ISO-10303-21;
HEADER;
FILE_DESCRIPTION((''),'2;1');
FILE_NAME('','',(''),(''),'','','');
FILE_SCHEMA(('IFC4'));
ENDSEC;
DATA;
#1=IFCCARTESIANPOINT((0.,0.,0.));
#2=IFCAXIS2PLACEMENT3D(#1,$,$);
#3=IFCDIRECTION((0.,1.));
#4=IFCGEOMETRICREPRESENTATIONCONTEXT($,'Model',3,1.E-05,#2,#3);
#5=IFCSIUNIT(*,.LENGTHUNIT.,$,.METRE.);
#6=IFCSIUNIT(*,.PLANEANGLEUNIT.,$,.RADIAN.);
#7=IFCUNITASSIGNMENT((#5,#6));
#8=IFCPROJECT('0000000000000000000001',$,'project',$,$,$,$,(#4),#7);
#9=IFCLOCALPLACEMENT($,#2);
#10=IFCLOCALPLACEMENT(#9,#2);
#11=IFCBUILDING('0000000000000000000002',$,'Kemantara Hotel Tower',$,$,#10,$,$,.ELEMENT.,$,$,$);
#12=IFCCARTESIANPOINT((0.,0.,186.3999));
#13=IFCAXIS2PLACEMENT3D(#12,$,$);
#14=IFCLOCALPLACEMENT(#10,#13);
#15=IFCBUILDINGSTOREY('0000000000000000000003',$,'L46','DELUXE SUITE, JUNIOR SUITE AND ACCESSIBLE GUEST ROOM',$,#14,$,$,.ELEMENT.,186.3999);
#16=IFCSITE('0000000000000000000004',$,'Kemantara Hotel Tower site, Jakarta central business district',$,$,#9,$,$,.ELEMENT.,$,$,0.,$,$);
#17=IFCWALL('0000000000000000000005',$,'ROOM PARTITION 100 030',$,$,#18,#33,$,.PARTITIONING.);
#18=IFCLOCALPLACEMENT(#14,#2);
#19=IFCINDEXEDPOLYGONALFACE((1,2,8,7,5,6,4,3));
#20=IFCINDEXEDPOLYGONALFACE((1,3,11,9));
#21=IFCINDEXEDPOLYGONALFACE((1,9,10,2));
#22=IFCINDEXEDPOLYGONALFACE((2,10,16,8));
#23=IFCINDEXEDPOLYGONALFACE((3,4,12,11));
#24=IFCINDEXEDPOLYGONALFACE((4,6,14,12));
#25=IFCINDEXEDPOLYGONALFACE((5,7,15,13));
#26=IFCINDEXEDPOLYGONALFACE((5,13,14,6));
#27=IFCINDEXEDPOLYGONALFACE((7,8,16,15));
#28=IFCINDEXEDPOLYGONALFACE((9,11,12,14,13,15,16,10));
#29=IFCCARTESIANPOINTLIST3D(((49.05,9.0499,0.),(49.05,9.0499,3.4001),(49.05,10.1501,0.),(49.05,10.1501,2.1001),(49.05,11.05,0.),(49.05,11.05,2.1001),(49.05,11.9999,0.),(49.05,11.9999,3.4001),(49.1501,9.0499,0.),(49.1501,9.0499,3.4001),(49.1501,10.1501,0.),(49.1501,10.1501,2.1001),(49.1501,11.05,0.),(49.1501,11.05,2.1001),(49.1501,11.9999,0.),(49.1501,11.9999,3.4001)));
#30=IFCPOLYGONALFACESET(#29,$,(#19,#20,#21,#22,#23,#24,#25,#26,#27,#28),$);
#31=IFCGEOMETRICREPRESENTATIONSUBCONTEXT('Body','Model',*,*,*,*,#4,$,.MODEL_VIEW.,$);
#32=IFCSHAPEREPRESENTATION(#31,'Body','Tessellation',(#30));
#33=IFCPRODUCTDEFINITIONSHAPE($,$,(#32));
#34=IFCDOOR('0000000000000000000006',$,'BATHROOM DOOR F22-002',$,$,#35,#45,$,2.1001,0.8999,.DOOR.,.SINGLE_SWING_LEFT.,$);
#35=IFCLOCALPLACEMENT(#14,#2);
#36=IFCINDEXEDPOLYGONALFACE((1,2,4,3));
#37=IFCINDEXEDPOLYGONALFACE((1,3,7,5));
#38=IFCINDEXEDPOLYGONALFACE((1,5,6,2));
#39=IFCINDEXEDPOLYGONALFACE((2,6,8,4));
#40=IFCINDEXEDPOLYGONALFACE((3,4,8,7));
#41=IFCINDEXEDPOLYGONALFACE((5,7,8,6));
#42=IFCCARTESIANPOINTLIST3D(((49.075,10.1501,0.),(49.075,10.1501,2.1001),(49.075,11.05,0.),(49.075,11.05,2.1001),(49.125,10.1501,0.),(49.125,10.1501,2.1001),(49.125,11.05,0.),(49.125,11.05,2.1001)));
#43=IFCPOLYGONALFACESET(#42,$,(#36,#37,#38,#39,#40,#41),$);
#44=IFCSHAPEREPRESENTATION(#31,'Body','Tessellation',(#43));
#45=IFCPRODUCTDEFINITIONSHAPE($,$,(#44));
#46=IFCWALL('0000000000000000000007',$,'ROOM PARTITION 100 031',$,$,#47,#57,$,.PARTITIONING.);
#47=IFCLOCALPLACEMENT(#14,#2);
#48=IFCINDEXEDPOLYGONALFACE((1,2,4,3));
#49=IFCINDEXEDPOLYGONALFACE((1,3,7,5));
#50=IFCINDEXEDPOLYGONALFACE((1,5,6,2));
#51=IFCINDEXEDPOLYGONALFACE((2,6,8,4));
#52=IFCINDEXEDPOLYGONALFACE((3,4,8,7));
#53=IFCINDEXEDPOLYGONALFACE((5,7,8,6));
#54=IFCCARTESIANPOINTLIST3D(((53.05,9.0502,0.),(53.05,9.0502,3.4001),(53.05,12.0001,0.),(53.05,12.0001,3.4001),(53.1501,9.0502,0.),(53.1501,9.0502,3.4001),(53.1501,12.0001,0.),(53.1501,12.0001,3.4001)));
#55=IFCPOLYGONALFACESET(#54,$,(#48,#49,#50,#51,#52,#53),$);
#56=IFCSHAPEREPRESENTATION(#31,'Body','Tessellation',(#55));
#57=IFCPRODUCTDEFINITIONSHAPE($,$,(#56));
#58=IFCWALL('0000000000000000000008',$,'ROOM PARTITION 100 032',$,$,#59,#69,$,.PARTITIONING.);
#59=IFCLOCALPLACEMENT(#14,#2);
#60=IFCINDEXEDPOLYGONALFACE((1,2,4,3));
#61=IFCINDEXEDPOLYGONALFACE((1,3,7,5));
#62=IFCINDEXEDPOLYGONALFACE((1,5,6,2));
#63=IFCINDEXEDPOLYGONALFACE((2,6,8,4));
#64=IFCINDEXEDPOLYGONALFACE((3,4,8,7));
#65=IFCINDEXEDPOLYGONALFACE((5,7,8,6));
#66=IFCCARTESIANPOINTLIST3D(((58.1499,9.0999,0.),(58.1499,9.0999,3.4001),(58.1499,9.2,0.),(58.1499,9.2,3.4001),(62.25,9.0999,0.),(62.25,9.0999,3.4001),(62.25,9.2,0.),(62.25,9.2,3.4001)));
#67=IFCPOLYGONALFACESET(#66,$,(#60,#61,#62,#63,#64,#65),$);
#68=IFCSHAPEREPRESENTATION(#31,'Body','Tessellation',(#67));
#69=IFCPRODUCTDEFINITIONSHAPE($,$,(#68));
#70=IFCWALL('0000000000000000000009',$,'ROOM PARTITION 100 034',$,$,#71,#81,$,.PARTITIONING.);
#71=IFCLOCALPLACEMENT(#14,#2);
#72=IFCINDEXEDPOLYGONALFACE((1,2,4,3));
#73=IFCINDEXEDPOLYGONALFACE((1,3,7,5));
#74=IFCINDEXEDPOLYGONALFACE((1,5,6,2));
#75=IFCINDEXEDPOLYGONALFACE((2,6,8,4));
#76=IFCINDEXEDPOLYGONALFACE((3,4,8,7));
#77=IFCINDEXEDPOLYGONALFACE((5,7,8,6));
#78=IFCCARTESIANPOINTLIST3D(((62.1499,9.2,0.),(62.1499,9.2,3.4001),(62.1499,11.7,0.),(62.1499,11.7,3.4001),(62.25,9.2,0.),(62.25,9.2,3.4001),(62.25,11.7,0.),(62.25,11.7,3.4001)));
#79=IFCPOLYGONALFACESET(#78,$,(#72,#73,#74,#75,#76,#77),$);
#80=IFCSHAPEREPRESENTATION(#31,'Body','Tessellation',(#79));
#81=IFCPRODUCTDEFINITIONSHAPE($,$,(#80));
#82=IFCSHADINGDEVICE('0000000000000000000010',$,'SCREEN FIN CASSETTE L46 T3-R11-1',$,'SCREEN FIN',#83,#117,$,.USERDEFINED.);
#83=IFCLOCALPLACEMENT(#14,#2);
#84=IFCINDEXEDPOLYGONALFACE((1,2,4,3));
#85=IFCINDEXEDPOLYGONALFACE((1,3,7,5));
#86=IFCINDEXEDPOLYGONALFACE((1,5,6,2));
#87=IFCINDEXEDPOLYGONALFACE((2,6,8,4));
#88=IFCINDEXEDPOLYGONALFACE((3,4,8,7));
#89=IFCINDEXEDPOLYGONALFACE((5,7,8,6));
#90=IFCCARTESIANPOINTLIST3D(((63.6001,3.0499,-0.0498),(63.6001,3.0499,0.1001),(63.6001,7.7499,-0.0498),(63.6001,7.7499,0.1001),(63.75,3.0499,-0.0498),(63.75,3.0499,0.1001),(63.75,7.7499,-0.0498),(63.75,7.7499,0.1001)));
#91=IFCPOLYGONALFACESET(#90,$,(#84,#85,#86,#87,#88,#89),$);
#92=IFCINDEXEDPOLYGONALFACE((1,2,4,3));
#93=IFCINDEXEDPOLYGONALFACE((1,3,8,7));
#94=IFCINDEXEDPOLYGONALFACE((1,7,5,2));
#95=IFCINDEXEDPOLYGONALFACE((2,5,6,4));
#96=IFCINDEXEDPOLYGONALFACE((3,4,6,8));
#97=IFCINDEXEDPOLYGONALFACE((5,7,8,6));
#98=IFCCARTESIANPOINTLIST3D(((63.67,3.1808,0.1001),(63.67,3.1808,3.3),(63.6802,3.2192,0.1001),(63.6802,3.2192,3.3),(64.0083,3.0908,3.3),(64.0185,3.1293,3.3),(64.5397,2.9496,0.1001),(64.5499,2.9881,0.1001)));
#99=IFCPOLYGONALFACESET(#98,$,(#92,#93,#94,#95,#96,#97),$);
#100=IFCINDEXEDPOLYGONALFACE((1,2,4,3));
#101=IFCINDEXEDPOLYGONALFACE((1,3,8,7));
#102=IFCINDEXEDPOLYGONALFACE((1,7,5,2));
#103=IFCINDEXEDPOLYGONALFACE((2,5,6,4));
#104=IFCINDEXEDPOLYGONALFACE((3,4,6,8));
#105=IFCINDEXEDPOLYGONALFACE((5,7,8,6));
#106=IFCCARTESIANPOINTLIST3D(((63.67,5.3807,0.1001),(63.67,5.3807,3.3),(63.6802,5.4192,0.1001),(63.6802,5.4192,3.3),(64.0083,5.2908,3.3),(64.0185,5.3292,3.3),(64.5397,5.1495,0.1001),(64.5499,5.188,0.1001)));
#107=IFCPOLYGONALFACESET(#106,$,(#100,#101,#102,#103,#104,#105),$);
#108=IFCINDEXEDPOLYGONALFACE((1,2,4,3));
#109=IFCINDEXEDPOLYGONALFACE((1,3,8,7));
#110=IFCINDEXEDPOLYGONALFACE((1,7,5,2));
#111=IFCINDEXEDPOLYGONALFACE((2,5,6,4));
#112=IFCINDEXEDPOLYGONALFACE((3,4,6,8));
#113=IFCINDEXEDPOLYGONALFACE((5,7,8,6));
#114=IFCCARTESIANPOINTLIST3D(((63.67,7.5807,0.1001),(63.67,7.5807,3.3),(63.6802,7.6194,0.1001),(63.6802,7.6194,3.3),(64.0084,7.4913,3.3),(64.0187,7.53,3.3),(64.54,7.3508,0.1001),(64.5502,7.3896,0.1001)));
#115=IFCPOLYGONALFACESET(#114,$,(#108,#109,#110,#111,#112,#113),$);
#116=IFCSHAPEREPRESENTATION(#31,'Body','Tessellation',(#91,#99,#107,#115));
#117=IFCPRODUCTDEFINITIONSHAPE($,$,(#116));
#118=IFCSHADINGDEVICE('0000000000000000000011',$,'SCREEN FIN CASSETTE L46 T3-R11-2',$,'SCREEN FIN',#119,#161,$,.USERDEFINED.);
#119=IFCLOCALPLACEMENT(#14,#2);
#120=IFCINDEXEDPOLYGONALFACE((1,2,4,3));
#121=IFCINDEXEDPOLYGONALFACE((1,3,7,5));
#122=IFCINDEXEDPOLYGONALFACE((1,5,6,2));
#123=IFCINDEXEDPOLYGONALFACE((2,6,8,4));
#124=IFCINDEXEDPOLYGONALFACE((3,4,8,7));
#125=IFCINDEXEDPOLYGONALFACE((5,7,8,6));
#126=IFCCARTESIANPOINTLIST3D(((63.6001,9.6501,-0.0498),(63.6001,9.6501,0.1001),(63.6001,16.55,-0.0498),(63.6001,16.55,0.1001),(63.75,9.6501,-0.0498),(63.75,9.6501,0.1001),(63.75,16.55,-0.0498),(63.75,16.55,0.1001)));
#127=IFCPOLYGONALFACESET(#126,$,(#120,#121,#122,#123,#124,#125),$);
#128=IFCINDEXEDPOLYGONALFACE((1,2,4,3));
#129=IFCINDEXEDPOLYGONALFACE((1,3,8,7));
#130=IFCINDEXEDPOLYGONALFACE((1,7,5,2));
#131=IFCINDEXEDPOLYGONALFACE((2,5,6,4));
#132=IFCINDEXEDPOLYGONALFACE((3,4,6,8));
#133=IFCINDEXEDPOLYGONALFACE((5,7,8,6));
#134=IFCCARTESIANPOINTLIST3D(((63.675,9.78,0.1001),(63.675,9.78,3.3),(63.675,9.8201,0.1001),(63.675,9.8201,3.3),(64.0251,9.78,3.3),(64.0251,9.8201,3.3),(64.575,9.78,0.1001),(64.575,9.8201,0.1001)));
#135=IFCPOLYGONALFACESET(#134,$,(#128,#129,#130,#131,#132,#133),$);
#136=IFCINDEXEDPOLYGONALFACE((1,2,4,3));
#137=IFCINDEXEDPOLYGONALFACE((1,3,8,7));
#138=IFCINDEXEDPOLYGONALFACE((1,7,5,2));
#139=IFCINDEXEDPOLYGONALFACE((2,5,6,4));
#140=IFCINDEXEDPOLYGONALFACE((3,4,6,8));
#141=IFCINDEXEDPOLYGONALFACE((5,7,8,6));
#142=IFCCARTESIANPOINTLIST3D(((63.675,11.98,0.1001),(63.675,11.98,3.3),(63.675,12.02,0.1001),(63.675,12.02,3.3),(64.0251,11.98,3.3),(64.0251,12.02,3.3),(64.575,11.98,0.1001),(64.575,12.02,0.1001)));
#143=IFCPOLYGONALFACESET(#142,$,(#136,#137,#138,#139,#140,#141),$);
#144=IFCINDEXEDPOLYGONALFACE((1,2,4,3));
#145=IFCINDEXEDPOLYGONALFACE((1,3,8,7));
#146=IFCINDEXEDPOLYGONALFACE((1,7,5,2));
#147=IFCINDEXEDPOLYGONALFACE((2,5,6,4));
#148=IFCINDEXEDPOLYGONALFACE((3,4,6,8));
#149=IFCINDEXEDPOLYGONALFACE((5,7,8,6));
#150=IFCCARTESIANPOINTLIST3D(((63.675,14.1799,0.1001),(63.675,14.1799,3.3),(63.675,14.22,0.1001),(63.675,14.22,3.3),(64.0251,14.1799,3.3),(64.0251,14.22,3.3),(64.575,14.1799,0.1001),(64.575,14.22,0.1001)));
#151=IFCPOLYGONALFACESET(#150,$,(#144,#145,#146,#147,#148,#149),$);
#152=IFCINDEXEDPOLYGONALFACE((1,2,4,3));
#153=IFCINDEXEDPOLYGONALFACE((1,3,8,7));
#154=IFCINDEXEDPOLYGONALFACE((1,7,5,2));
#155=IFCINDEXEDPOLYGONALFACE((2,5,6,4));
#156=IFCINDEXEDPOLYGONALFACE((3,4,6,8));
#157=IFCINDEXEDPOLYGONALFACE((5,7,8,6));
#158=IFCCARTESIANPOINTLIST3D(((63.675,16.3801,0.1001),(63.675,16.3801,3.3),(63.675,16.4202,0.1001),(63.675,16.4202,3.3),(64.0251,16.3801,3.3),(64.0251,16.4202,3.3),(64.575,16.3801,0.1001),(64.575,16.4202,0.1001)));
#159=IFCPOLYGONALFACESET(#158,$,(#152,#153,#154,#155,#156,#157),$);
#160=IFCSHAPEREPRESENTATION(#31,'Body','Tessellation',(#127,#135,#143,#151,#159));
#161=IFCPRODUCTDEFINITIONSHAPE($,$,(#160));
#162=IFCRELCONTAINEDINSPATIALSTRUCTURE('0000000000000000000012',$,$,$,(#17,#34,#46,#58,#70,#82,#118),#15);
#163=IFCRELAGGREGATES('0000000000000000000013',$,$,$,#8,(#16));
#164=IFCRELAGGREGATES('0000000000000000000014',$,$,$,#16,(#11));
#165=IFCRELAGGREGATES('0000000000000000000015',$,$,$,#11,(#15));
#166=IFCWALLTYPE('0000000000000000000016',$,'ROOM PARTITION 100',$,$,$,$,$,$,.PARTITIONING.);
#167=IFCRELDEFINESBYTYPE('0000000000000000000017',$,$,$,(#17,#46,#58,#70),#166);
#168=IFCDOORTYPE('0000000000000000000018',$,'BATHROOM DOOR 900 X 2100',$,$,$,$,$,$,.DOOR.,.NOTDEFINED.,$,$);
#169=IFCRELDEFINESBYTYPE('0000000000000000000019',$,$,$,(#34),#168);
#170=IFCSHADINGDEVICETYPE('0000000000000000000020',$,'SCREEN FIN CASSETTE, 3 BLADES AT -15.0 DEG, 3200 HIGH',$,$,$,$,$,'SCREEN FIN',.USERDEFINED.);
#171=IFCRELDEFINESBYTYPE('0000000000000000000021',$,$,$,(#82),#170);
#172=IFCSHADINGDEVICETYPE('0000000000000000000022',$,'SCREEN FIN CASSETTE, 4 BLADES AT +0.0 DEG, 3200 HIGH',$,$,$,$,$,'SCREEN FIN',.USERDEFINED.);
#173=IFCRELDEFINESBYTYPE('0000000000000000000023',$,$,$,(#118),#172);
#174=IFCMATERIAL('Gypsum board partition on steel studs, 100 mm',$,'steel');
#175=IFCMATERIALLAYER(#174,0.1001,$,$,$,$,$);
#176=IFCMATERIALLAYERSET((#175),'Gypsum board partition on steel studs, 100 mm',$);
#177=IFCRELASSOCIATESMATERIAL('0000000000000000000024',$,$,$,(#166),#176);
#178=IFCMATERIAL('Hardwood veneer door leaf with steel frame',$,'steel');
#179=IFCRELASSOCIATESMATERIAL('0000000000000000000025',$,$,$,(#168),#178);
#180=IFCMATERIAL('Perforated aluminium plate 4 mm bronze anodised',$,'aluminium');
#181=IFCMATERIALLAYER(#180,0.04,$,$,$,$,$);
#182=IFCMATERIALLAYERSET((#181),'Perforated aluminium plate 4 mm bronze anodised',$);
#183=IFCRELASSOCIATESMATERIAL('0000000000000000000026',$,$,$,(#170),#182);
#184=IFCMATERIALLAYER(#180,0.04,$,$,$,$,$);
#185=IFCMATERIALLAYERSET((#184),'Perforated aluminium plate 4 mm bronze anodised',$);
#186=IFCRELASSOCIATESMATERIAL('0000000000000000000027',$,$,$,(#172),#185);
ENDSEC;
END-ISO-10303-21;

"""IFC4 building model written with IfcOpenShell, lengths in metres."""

from ifc_helpers import new_model, si_unit, direction, frame, frame_2d, origin, origin_2d, place, context, subcontext, project, spatial, polyline, rectangle, outline, extrude, source, transform, mapped, material, layer, layer_set, type_object, element, fill, save


model = new_model("IFC4")

# Units and contexts
model_context = context("Model", 3, precision=1e-05, world=origin(), true_north=direction((0.0, 1.0)))
body_context = subcontext(model_context, "Body", "Model", "MODEL_VIEW")
ifc_project = project(units=[si_unit("LENGTHUNIT", "METRE"), si_unit("PLANEANGLEUNIT", "RADIAN")], contexts=[model_context])

# Site, building, storey
site_placement = place(None, origin())
site = spatial("IfcSite", under=ifc_project, at=site_placement, Name="Kemantara Hotel Tower site, Jakarta central business district", CompositionType="ELEMENT", RefElevation=0.0)
building_placement = place(site_placement, origin())
building = spatial("IfcBuilding", under=site, at=building_placement, Name="Kemantara Hotel Tower", CompositionType="ELEMENT")
storey_placement = place(building_placement, frame((0.0, 0.0, 186.3999)))
storey = spatial("IfcBuildingStorey", under=building, at=storey_placement, Name="L46", Description="DELUXE SUITE, JUNIOR SUITE AND ACCESSIBLE GUEST ROOM", CompositionType="ELEMENT", Elevation=186.3999)

# Wall, opening, door
ifc_material_1 = material(Name="Gypsum board partition on steel studs, 100 mm", Category="steel")
ifc_layer_1 = layer(ifc_material_1, 0.1001)
ifc_layer_set_1 = layer_set([ifc_layer_1], Name="Gypsum board partition on steel studs, 100 mm")
wall_type_1 = type_object("IfcWallType", Name="ROOM PARTITION 100", PredefinedType="PARTITIONING", material=ifc_layer_set_1)
wall_1_placement = place(storey_placement, frame((49.1001, 12.0, 0.0), z_axis=(0.0, 0.0, 1.0), x_axis=(0.0, -1.0, 0.0)))
wall_1 = element("IfcWall", 1, at=wall_1_placement, inside=storey, type_object=wall_type_1, Name="ROOM PARTITION 100 030", PredefinedType="PARTITIONING", context=body_context, shape_type="SweptSolid", body=[
    extrude(rectangle(XDim=2.95, YDim=0.1001, at=frame_2d((1.4751, 0.0))), origin(), (0.0, 0.0, 1.0), 3.4001),
])
opening_placement = place(wall_1_placement, frame((0.95, 0.0, 0.0)))
opening = element("IfcOpeningElement", 2, at=opening_placement, cuts=wall_1, PredefinedType="OPENING", context=body_context, shape_type="SweptSolid", body=[
    extrude(rectangle(XDim=0.8999, YDim=2.1001, at=frame_2d((0.45, 1.05))), frame((0.0, 0.0601, 0.0), z_axis=(0.0, -1.0, 0.0), x_axis=(1.0, 0.0, 0.0)), (0.0, 0.0, 1.0), 0.1201),
])
ifc_material_2 = material(Name="Hardwood veneer door leaf with steel frame", Category="steel")
door_type = type_object("IfcDoorType", Name="BATHROOM DOOR 900 X 2100", OperationType="NOTDEFINED", PredefinedType="DOOR", material=ifc_material_2)
door_placement = place(opening_placement, origin())
door = element("IfcDoor", 3, at=door_placement, inside=storey, type_object=door_type, Name="BATHROOM DOOR F22-002", OperationType="SINGLE_SWING_LEFT", OverallHeight=2.1001, OverallWidth=0.8999, PredefinedType="DOOR", context=body_context, shape_type="SweptSolid", body=[
    extrude(rectangle(XDim=0.8999, YDim=2.1001, at=frame_2d((0.45, 1.05))), frame((0.0, 0.0249, 0.0), z_axis=(0.0, -1.0, 0.0), x_axis=(1.0, 0.0, 0.0)), (0.0, 0.0, 1.0), 0.05),
])
fill(opening, door)

# Walls
wall_2_placement = place(storey_placement, frame((53.1001, 9.05, 0.0), z_axis=(0.0, 0.0, 1.0), x_axis=(0.0, 1.0, 0.0)))
element("IfcWall", 4, at=wall_2_placement, inside=storey, type_object=wall_type_1, Name="ROOM PARTITION 100 031", PredefinedType="PARTITIONING", context=body_context, shape_type="SweptSolid", body=[
    extrude(rectangle(XDim=2.95, YDim=0.1001, at=frame_2d((1.4751, 0.0))), origin(), (0.0, 0.0, 1.0), 3.4001),
])
wall_3_placement = place(storey_placement, frame((58.1499, 9.1499, 0.0), z_axis=(0.0, 0.0, 1.0), x_axis=(1.0, 0.0, 0.0)))
element("IfcWall", 5, at=wall_3_placement, inside=storey, type_object=wall_type_1, Name="ROOM PARTITION 100 032", PredefinedType="PARTITIONING", context=body_context, shape_type="SweptSolid", body=[
    extrude(rectangle(XDim=4.1001, YDim=0.1001, at=frame_2d((2.05, 0.0))), origin(), (0.0, 0.0, 1.0), 3.4001),
])
wall_4_placement = place(storey_placement, frame((62.2, 9.2, 0.0), z_axis=(0.0, 0.0, 1.0), x_axis=(0.0, 1.0, 0.0)))
element("IfcWall", 6, at=wall_4_placement, inside=storey, type_object=wall_type_1, Name="ROOM PARTITION 100 034", PredefinedType="PARTITIONING", context=body_context, shape_type="SweptSolid", body=[
    extrude(rectangle(XDim=2.5, YDim=0.1001, at=frame_2d((1.25, 0.0))), origin(), (0.0, 0.0, 1.0), 3.4001),
])

# Shading devices
ifc_material_3 = material(Name="Perforated aluminium plate 4 mm bronze anodised", Category="aluminium")
ifc_layer_2 = layer(ifc_material_3, 0.04)
ifc_layer_set_2 = layer_set([ifc_layer_2], Name="Perforated aluminium plate 4 mm bronze anodised")
shading_device_type_1 = type_object("IfcShadingDeviceType", Name="SCREEN FIN CASSETTE, 3 BLADES AT -15.0 DEG, 3200 HIGH", ElementType="SCREEN FIN", PredefinedType="USERDEFINED", material=ifc_layer_set_2)
shared_shape_1 = source(origin(), body_context, "Body", "SweptSolid", [
    extrude(rectangle(XDim=4.7, YDim=0.1499, at=origin_2d()), frame((2.2, -0.075, -0.1499), z_axis=(0.0, 0.0, 1.0), x_axis=(1.0, 0.0, 0.0)), (0.0, 0.0, 1.0), 0.1499),
    extrude(outline(polyline([(0.0, 0.0), (0.8999, 0.0), (0.3501, 3.2), (0.0, 3.2), (0.0, 0.0)])), frame((0.0193, -0.0801, 0.0), z_axis=(-0.966438, 0.256901, 0.0), x_axis=(-0.256901, -0.966438, 0.0)), (0.0, 0.0, 1.0), 0.0398),
    extrude(outline(polyline([(0.0, 0.0), (0.8999, 0.0), (0.3501, 3.2), (0.0, 3.2), (0.0, 0.0)])), frame((2.2192, -0.0801, 0.0), z_axis=(-0.966438, 0.256901, 0.0), x_axis=(-0.256901, -0.966438, 0.0)), (0.0, 0.0, 1.0), 0.0398),
    extrude(outline(polyline([(0.0, 0.0), (0.8999, 0.0), (0.3501, 3.2), (0.0, 3.2), (0.0, 0.0)])), frame((4.4194, -0.0801, 0.0), z_axis=(-0.966838, 0.255391, 0.0), x_axis=(-0.255391, -0.966838, 0.0)), (0.0, 0.0, 1.0), 0.04),
])
shading_device_1_placement = place(storey_placement, frame((63.6001, 3.2, 0.1001), z_axis=(0.0, 0.0, 1.0), x_axis=(0.0, 1.0, 0.0)))
element("IfcShadingDevice", 7, at=shading_device_1_placement, inside=storey, type_object=shading_device_type_1, Name="SCREEN FIN CASSETTE L46 T3-R11-1", ObjectType="SCREEN FIN", PredefinedType="USERDEFINED", context=body_context, shape_type="MappedRepresentation", body=[
    mapped(shared_shape_1, transform((0.0, 0.0, 0.0))),
])
ifc_layer_3 = layer(ifc_material_3, 0.04)
ifc_layer_set_3 = layer_set([ifc_layer_3], Name="Perforated aluminium plate 4 mm bronze anodised")
shading_device_type_2 = type_object("IfcShadingDeviceType", Name="SCREEN FIN CASSETTE, 4 BLADES AT +0.0 DEG, 3200 HIGH", ElementType="SCREEN FIN", PredefinedType="USERDEFINED", material=ifc_layer_set_3)
shared_shape_2 = source(origin(), body_context, "Body", "SweptSolid", [
    extrude(rectangle(XDim=6.8999, YDim=0.1499, at=origin_2d()), frame((3.3, -0.075, -0.1499), z_axis=(0.0, 0.0, 1.0), x_axis=(1.0, 0.0, 0.0)), (0.0, 0.0, 1.0), 0.1499),
    extrude(outline(polyline([(0.0, 0.0), (0.8999, 0.0), (0.3501, 3.2), (0.0, 3.2), (0.0, 0.0)])), frame((0.02, -0.075, 0.0), z_axis=(-1.0, 0.0, 0.0), x_axis=(0.0, -1.0, 0.0)), (0.0, 0.0, 1.0), 0.04),
    extrude(outline(polyline([(0.0, 0.0), (0.8999, 0.0), (0.3501, 3.2), (0.0, 3.2), (0.0, 0.0)])), frame((2.22, -0.075, 0.0), z_axis=(-1.0, 0.0, 0.0), x_axis=(0.0, -1.0, 0.0)), (0.0, 0.0, 1.0), 0.04),
    extrude(outline(polyline([(0.0, 0.0), (0.8999, 0.0), (0.3501, 3.2), (0.0, 3.2), (0.0, 0.0)])), frame((4.4199, -0.075, 0.0), z_axis=(-1.0, 0.0, 0.0), x_axis=(0.0, -1.0, 0.0)), (0.0, 0.0, 1.0), 0.04),
    extrude(outline(polyline([(0.0, 0.0), (0.8999, 0.0), (0.3501, 3.2), (0.0, 3.2), (0.0, 0.0)])), frame((6.6201, -0.075, 0.0), z_axis=(-1.0, 0.0, 0.0), x_axis=(0.0, -1.0, 0.0)), (0.0, 0.0, 1.0), 0.04),
])
shading_device_2_placement = place(storey_placement, frame((63.6001, 9.8, 0.1001), z_axis=(0.0, 0.0, 1.0), x_axis=(0.0, 1.0, 0.0)))
element("IfcShadingDevice", 8, at=shading_device_2_placement, inside=storey, type_object=shading_device_type_2, Name="SCREEN FIN CASSETTE L46 T3-R11-2", ObjectType="SCREEN FIN", PredefinedType="USERDEFINED", context=body_context, shape_type="MappedRepresentation", body=[
    mapped(shared_shape_2, transform((0.0, 0.0, 0.0))),
])

save(model, "model.ifc")
